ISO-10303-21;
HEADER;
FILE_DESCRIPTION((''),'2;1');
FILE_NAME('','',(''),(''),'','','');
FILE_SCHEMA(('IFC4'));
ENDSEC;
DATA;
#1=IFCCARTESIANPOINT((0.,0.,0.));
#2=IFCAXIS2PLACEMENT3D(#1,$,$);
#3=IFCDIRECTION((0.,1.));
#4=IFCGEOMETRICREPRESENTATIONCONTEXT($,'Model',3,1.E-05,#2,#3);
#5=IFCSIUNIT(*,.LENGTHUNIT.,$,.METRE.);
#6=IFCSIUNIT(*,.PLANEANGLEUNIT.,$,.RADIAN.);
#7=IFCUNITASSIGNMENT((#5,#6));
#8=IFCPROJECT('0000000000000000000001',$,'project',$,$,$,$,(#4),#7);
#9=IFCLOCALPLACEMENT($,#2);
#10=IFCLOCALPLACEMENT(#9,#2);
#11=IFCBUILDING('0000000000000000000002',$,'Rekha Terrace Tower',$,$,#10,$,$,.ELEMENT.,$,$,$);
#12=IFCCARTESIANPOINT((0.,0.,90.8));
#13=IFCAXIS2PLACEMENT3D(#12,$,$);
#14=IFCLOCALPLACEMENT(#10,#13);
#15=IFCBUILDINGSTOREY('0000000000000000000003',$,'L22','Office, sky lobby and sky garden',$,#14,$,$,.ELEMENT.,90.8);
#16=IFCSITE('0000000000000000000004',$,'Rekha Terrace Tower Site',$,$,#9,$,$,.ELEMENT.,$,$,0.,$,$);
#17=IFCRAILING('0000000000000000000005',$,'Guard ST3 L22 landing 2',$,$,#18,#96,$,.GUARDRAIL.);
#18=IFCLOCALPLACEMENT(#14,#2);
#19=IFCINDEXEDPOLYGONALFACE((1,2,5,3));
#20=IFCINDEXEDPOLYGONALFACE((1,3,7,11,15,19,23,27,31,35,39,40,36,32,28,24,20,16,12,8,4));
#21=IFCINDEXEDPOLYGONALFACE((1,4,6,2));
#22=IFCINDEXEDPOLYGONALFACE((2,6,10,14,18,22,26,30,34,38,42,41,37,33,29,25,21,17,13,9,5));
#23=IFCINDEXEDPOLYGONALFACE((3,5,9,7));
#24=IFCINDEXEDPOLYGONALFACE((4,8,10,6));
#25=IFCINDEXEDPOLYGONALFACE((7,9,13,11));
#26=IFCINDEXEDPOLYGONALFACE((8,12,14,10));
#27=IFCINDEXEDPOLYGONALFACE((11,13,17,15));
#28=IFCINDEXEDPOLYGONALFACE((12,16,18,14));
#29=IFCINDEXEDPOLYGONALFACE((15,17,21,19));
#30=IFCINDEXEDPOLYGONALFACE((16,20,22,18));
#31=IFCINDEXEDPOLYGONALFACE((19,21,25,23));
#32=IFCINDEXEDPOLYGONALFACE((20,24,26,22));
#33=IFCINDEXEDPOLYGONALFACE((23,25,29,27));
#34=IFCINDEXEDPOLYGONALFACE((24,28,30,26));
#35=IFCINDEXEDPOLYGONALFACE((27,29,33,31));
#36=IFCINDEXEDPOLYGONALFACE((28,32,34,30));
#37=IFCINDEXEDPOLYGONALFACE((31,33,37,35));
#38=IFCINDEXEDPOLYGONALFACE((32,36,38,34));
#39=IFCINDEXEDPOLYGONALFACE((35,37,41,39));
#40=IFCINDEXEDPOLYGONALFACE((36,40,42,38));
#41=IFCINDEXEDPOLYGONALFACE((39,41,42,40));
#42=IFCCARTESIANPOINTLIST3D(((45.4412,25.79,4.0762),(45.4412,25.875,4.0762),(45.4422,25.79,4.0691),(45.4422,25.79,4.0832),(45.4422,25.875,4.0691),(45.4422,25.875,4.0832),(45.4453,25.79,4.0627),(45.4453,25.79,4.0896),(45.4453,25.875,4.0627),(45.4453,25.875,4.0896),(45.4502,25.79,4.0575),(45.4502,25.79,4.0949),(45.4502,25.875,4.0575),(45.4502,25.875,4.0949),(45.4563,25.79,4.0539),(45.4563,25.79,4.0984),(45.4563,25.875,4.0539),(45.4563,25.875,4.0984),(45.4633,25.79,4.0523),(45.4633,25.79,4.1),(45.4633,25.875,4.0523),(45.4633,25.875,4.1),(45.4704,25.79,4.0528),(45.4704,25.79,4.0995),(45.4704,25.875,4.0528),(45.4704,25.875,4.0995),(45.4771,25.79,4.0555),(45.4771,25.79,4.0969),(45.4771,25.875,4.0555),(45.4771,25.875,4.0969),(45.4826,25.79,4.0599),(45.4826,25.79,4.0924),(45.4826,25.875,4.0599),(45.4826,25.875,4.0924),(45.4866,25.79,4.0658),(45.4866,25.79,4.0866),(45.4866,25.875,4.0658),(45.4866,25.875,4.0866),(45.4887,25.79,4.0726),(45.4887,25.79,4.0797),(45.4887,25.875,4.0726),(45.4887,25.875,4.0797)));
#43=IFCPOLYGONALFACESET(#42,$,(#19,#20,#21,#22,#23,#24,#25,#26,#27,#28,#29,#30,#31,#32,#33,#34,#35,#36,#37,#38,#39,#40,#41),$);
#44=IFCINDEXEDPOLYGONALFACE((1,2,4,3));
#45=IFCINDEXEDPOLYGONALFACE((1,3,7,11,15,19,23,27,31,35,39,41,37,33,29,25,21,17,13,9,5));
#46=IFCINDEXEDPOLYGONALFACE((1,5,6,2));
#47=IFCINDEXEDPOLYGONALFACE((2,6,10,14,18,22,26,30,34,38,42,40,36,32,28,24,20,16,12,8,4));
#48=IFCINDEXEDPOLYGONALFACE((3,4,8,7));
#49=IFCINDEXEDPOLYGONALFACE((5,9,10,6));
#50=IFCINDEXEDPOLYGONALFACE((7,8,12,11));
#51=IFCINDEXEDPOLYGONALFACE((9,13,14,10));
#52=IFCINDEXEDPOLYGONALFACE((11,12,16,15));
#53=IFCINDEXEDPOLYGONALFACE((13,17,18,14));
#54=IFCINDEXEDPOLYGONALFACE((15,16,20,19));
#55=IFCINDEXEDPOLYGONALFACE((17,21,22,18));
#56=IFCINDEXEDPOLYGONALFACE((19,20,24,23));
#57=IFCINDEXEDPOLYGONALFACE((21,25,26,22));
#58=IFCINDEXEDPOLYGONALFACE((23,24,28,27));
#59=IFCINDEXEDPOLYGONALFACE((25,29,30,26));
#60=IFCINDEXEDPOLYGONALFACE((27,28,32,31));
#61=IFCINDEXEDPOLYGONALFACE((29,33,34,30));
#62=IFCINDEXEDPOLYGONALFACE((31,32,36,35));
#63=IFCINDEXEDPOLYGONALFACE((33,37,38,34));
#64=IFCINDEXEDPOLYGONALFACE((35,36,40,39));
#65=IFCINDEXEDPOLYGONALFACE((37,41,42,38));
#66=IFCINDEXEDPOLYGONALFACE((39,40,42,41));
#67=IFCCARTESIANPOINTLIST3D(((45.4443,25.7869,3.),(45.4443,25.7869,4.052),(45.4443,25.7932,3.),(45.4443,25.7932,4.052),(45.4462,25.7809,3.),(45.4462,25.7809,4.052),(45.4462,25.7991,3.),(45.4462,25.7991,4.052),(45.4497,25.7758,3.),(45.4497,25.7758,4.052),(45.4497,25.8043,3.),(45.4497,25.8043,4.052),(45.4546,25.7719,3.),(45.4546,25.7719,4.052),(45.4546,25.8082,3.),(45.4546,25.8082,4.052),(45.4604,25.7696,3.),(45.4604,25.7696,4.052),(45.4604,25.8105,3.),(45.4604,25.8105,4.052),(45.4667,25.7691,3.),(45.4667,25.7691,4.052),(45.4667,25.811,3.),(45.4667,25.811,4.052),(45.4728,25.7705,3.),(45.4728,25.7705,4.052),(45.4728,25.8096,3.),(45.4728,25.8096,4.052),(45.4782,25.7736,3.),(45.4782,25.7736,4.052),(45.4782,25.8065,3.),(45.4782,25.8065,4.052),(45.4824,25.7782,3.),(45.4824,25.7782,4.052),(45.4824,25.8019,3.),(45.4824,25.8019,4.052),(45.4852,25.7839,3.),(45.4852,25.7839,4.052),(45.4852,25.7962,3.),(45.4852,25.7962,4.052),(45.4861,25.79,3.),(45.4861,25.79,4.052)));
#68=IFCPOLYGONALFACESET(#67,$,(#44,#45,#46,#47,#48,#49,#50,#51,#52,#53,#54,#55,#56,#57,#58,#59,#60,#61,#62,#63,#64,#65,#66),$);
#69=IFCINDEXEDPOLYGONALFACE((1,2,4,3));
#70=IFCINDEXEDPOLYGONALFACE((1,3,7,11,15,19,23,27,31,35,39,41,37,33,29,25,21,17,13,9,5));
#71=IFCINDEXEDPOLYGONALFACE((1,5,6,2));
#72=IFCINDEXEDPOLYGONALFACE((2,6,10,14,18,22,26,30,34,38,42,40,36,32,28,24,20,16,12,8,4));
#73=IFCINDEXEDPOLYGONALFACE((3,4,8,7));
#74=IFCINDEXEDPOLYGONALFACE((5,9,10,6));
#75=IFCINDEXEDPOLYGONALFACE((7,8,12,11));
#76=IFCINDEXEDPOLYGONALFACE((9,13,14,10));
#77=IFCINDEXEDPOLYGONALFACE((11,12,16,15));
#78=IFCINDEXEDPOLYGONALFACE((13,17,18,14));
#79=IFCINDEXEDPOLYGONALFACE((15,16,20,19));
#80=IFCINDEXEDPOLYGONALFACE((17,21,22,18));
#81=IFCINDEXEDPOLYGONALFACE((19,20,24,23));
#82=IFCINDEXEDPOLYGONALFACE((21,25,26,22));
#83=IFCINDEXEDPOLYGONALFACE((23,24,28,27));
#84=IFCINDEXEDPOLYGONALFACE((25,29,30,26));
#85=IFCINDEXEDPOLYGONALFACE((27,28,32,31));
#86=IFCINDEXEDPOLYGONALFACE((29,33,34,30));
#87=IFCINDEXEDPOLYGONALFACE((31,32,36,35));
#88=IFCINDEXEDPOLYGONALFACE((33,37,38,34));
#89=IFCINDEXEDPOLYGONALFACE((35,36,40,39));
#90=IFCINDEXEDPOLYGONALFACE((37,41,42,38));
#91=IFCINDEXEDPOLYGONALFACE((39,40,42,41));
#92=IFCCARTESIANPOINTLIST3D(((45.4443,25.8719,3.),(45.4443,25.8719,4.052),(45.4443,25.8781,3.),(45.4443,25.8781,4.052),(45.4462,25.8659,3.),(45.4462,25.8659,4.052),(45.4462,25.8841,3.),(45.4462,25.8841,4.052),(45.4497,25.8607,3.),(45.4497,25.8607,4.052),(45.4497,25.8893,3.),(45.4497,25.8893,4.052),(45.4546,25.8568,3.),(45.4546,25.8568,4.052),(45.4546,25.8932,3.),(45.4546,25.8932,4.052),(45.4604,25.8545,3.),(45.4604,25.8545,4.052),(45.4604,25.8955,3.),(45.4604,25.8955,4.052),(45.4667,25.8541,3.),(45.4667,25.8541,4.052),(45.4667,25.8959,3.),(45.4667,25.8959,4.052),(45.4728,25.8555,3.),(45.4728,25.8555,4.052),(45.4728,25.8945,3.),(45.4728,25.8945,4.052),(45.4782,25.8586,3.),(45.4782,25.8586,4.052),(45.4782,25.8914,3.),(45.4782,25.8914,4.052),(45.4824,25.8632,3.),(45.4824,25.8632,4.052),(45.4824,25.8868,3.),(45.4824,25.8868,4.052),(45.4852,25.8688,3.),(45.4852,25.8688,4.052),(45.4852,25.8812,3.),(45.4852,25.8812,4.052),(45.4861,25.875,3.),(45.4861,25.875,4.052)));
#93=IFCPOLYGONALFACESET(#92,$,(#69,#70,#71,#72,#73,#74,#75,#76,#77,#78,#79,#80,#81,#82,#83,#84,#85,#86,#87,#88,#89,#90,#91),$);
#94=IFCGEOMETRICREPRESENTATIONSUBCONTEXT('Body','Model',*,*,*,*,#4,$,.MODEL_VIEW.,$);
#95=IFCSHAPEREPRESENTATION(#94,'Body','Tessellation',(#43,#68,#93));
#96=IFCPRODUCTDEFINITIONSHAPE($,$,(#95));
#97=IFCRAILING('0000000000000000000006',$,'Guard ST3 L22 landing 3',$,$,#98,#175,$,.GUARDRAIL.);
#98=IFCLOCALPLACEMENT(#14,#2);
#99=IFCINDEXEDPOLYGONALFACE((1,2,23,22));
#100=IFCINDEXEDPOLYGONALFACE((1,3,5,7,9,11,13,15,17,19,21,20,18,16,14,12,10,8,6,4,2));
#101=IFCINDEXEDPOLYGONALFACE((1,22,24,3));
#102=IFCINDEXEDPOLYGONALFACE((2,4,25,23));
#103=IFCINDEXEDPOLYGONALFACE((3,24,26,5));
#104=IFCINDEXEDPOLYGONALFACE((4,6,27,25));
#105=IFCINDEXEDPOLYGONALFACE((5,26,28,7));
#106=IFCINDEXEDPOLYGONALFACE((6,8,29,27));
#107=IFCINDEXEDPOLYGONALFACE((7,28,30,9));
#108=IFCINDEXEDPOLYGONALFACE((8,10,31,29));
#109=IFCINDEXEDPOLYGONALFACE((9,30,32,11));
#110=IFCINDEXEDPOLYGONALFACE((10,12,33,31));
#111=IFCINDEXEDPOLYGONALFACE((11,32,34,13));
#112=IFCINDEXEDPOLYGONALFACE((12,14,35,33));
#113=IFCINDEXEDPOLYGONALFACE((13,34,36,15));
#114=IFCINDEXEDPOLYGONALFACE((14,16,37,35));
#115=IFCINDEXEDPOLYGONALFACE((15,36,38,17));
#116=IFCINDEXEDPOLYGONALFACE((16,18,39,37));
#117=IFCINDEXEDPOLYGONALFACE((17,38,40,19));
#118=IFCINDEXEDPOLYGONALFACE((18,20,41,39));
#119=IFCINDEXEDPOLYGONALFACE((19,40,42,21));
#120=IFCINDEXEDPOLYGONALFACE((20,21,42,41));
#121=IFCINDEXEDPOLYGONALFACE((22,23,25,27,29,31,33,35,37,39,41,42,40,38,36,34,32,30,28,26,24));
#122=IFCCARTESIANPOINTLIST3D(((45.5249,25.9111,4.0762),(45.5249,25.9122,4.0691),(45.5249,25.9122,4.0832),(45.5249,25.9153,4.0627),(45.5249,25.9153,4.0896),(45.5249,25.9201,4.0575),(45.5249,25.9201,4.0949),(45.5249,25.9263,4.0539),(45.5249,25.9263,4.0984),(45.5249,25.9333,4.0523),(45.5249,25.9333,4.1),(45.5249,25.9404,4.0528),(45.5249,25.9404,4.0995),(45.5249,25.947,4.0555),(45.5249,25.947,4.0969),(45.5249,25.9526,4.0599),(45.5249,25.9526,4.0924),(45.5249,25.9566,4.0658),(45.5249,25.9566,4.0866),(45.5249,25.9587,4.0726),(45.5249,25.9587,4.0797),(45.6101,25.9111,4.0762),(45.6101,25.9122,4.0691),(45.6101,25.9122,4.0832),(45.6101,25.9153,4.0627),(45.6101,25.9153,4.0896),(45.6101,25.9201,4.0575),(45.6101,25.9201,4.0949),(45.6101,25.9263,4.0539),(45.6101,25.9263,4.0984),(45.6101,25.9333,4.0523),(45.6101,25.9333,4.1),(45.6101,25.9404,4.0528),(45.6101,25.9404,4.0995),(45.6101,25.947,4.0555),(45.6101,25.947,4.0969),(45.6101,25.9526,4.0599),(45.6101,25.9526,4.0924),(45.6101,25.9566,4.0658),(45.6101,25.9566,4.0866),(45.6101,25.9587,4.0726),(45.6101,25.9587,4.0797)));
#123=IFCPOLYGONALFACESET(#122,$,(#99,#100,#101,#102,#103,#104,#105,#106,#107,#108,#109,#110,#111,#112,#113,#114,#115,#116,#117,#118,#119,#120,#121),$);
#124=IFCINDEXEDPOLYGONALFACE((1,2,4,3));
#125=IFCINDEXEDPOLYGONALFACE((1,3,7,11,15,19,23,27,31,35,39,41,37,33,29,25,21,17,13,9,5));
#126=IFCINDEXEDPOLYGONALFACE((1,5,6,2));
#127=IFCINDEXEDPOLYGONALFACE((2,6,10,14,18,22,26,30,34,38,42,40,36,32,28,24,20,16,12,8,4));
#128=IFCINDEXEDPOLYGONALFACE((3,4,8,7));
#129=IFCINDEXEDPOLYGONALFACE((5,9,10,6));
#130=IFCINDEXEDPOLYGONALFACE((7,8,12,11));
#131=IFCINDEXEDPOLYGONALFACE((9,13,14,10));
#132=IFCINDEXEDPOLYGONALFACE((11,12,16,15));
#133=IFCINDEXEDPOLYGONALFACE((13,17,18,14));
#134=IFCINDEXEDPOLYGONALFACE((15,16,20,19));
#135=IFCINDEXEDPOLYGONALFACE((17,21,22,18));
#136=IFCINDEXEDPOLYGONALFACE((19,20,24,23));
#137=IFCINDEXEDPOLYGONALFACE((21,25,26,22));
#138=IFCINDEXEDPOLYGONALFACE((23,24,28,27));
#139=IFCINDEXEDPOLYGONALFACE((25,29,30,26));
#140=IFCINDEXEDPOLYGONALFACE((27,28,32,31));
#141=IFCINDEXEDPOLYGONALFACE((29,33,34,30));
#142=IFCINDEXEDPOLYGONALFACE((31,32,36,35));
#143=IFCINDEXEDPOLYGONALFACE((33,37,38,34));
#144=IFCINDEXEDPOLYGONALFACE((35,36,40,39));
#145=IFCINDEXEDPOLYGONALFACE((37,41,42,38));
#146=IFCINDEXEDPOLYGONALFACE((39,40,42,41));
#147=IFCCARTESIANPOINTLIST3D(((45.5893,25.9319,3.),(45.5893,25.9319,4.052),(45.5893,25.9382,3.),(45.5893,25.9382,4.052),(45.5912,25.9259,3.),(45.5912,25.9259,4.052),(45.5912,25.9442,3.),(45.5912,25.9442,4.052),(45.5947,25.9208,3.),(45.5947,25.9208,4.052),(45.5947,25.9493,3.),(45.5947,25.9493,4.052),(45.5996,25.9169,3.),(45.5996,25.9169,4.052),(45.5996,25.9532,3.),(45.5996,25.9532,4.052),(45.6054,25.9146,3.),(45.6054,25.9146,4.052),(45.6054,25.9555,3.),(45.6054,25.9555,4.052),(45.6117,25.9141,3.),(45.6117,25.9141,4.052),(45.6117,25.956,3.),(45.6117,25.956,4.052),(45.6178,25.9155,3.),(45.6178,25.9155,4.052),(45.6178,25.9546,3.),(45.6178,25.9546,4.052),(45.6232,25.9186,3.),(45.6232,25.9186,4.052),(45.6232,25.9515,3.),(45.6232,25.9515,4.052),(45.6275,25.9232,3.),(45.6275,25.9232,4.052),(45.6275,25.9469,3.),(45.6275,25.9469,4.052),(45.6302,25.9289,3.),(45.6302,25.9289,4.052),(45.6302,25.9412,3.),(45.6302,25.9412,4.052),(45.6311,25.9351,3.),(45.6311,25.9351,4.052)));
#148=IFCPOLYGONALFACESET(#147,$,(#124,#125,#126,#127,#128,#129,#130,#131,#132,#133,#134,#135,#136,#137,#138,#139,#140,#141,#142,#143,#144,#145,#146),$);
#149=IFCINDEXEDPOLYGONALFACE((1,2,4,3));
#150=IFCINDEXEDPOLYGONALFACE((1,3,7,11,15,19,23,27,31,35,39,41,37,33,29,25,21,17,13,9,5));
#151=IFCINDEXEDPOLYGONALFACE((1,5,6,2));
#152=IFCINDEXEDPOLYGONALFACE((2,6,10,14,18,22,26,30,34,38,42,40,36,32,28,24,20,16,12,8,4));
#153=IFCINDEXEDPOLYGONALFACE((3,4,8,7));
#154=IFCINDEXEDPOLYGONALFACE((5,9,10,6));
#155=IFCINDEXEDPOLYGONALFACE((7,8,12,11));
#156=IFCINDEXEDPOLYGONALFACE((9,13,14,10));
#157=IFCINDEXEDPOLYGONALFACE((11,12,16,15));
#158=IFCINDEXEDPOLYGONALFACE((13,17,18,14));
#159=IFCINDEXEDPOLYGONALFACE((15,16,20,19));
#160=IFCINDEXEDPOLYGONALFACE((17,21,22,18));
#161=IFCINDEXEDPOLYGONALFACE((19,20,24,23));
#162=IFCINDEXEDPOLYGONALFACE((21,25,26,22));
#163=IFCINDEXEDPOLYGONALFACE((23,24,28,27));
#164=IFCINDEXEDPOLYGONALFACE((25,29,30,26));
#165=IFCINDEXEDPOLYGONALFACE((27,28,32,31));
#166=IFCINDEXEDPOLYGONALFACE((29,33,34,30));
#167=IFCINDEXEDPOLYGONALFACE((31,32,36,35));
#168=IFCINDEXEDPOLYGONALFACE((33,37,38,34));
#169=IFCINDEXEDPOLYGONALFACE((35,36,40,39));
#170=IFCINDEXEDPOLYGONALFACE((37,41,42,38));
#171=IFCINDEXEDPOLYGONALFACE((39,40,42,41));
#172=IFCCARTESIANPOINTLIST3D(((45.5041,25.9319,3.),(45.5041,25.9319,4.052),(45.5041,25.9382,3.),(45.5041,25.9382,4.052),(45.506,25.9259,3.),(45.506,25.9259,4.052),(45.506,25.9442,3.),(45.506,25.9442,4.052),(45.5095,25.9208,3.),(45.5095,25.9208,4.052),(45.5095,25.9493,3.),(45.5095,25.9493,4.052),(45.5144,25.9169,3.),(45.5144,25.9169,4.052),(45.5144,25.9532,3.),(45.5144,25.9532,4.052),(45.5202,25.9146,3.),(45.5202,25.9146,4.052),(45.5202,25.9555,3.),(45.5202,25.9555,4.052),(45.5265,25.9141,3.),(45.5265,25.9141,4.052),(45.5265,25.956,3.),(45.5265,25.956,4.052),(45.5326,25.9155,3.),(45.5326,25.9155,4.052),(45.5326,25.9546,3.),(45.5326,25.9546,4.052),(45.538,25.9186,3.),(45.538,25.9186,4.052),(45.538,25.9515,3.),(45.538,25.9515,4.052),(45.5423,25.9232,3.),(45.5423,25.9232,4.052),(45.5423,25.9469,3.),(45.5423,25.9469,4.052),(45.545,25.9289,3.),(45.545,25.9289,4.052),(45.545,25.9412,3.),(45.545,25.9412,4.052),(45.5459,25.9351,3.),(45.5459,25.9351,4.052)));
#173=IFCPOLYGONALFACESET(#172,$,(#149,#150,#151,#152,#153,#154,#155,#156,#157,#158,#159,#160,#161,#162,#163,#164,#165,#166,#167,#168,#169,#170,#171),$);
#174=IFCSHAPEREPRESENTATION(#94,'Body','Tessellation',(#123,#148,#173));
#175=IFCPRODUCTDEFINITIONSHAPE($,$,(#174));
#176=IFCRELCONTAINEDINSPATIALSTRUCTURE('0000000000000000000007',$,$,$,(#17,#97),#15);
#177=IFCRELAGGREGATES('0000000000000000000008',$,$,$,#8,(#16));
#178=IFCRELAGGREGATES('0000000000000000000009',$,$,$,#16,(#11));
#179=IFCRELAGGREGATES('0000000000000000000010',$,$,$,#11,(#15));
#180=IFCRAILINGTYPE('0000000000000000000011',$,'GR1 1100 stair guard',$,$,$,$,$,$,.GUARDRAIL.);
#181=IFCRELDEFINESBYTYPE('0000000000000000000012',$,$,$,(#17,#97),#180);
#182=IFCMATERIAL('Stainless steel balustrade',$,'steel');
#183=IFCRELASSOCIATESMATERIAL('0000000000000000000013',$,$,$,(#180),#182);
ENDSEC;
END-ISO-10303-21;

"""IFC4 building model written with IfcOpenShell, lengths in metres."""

from ifc_helpers import new_model, si_unit, direction, frame, origin, origin_2d, place, context, subcontext, project, spatial, circle, extrude, material, type_object, element, save


model = new_model("IFC4")

# Units and contexts
model_context = context("Model", 3, precision=1e-05, world=origin(), true_north=direction((0.0, 1.0)))
body_context = subcontext(model_context, "Body", "Model", "MODEL_VIEW")
ifc_project = project(units=[si_unit("LENGTHUNIT", "METRE"), si_unit("PLANEANGLEUNIT", "RADIAN")], contexts=[model_context])

# Site, building, storey
site_placement = place(None, origin())
site = spatial("IfcSite", under=ifc_project, at=site_placement, Name="Rekha Terrace Tower Site", CompositionType="ELEMENT", RefElevation=0.0)
building_placement = place(site_placement, origin())
building = spatial("IfcBuilding", under=site, at=building_placement, Name="Rekha Terrace Tower", CompositionType="ELEMENT")
storey_placement = place(building_placement, frame((0.0, 0.0, 90.8)))
storey = spatial("IfcBuildingStorey", under=building, at=storey_placement, Name="L22", Description="Office, sky lobby and sky garden", CompositionType="ELEMENT", Elevation=90.8)

# Railings
ifc_material_1 = material(Name="Stainless steel balustrade", Category="steel")
railing_type_1 = type_object("IfcRailingType", Name="GR1 1100 stair guard", PredefinedType="GUARDRAIL", material=ifc_material_1)
railing_1_placement = place(storey_placement, frame((45.4651, 25.79, 3.0)))
element("IfcRailing", 1, at=railing_1_placement, inside=storey, type_object=railing_type_1, Name="Guard ST3 L22 landing 2", PredefinedType="GUARDRAIL", context=body_context, shape_type="SweptSolid", body=[
    extrude(circle(Radius=0.0239, at=origin_2d()), frame((0.0, 0.0, 1.0762), z_axis=(0.0, 1.0, 0.0), x_axis=(-1.0, 0.0, 0.0)), (0.0, 0.0, 1.0), 0.085),
    extrude(circle(Radius=0.021, at=origin_2d()), origin(), (0.0, 0.0, 1.0), 1.052),
    extrude(circle(Radius=0.021, at=origin_2d()), frame((0.0, 0.085, 0.0)), (0.0, 0.0, 1.0), 1.052),
])
railing_2_placement = place(storey_placement, frame((45.6101, 25.9351, 3.0)))
element("IfcRailing", 2, at=railing_2_placement, inside=storey, type_object=railing_type_1, Name="Guard ST3 L22 landing 3", PredefinedType="GUARDRAIL", context=body_context, shape_type="SweptSolid", body=[
    extrude(circle(Radius=0.0239, at=origin_2d()), frame((0.0, 0.0, 1.0762), z_axis=(-1.0, 0.0, 0.0), x_axis=(0.0, -1.0, 0.0)), (0.0, 0.0, 1.0), 0.0852),
    extrude(circle(Radius=0.021, at=origin_2d()), origin(), (0.0, 0.0, 1.0), 1.052),
    extrude(circle(Radius=0.021, at=origin_2d()), frame((-0.0852, 0.0, 0.0)), (0.0, 0.0, 1.0), 1.052),
])

save(model, "model.ifc")
